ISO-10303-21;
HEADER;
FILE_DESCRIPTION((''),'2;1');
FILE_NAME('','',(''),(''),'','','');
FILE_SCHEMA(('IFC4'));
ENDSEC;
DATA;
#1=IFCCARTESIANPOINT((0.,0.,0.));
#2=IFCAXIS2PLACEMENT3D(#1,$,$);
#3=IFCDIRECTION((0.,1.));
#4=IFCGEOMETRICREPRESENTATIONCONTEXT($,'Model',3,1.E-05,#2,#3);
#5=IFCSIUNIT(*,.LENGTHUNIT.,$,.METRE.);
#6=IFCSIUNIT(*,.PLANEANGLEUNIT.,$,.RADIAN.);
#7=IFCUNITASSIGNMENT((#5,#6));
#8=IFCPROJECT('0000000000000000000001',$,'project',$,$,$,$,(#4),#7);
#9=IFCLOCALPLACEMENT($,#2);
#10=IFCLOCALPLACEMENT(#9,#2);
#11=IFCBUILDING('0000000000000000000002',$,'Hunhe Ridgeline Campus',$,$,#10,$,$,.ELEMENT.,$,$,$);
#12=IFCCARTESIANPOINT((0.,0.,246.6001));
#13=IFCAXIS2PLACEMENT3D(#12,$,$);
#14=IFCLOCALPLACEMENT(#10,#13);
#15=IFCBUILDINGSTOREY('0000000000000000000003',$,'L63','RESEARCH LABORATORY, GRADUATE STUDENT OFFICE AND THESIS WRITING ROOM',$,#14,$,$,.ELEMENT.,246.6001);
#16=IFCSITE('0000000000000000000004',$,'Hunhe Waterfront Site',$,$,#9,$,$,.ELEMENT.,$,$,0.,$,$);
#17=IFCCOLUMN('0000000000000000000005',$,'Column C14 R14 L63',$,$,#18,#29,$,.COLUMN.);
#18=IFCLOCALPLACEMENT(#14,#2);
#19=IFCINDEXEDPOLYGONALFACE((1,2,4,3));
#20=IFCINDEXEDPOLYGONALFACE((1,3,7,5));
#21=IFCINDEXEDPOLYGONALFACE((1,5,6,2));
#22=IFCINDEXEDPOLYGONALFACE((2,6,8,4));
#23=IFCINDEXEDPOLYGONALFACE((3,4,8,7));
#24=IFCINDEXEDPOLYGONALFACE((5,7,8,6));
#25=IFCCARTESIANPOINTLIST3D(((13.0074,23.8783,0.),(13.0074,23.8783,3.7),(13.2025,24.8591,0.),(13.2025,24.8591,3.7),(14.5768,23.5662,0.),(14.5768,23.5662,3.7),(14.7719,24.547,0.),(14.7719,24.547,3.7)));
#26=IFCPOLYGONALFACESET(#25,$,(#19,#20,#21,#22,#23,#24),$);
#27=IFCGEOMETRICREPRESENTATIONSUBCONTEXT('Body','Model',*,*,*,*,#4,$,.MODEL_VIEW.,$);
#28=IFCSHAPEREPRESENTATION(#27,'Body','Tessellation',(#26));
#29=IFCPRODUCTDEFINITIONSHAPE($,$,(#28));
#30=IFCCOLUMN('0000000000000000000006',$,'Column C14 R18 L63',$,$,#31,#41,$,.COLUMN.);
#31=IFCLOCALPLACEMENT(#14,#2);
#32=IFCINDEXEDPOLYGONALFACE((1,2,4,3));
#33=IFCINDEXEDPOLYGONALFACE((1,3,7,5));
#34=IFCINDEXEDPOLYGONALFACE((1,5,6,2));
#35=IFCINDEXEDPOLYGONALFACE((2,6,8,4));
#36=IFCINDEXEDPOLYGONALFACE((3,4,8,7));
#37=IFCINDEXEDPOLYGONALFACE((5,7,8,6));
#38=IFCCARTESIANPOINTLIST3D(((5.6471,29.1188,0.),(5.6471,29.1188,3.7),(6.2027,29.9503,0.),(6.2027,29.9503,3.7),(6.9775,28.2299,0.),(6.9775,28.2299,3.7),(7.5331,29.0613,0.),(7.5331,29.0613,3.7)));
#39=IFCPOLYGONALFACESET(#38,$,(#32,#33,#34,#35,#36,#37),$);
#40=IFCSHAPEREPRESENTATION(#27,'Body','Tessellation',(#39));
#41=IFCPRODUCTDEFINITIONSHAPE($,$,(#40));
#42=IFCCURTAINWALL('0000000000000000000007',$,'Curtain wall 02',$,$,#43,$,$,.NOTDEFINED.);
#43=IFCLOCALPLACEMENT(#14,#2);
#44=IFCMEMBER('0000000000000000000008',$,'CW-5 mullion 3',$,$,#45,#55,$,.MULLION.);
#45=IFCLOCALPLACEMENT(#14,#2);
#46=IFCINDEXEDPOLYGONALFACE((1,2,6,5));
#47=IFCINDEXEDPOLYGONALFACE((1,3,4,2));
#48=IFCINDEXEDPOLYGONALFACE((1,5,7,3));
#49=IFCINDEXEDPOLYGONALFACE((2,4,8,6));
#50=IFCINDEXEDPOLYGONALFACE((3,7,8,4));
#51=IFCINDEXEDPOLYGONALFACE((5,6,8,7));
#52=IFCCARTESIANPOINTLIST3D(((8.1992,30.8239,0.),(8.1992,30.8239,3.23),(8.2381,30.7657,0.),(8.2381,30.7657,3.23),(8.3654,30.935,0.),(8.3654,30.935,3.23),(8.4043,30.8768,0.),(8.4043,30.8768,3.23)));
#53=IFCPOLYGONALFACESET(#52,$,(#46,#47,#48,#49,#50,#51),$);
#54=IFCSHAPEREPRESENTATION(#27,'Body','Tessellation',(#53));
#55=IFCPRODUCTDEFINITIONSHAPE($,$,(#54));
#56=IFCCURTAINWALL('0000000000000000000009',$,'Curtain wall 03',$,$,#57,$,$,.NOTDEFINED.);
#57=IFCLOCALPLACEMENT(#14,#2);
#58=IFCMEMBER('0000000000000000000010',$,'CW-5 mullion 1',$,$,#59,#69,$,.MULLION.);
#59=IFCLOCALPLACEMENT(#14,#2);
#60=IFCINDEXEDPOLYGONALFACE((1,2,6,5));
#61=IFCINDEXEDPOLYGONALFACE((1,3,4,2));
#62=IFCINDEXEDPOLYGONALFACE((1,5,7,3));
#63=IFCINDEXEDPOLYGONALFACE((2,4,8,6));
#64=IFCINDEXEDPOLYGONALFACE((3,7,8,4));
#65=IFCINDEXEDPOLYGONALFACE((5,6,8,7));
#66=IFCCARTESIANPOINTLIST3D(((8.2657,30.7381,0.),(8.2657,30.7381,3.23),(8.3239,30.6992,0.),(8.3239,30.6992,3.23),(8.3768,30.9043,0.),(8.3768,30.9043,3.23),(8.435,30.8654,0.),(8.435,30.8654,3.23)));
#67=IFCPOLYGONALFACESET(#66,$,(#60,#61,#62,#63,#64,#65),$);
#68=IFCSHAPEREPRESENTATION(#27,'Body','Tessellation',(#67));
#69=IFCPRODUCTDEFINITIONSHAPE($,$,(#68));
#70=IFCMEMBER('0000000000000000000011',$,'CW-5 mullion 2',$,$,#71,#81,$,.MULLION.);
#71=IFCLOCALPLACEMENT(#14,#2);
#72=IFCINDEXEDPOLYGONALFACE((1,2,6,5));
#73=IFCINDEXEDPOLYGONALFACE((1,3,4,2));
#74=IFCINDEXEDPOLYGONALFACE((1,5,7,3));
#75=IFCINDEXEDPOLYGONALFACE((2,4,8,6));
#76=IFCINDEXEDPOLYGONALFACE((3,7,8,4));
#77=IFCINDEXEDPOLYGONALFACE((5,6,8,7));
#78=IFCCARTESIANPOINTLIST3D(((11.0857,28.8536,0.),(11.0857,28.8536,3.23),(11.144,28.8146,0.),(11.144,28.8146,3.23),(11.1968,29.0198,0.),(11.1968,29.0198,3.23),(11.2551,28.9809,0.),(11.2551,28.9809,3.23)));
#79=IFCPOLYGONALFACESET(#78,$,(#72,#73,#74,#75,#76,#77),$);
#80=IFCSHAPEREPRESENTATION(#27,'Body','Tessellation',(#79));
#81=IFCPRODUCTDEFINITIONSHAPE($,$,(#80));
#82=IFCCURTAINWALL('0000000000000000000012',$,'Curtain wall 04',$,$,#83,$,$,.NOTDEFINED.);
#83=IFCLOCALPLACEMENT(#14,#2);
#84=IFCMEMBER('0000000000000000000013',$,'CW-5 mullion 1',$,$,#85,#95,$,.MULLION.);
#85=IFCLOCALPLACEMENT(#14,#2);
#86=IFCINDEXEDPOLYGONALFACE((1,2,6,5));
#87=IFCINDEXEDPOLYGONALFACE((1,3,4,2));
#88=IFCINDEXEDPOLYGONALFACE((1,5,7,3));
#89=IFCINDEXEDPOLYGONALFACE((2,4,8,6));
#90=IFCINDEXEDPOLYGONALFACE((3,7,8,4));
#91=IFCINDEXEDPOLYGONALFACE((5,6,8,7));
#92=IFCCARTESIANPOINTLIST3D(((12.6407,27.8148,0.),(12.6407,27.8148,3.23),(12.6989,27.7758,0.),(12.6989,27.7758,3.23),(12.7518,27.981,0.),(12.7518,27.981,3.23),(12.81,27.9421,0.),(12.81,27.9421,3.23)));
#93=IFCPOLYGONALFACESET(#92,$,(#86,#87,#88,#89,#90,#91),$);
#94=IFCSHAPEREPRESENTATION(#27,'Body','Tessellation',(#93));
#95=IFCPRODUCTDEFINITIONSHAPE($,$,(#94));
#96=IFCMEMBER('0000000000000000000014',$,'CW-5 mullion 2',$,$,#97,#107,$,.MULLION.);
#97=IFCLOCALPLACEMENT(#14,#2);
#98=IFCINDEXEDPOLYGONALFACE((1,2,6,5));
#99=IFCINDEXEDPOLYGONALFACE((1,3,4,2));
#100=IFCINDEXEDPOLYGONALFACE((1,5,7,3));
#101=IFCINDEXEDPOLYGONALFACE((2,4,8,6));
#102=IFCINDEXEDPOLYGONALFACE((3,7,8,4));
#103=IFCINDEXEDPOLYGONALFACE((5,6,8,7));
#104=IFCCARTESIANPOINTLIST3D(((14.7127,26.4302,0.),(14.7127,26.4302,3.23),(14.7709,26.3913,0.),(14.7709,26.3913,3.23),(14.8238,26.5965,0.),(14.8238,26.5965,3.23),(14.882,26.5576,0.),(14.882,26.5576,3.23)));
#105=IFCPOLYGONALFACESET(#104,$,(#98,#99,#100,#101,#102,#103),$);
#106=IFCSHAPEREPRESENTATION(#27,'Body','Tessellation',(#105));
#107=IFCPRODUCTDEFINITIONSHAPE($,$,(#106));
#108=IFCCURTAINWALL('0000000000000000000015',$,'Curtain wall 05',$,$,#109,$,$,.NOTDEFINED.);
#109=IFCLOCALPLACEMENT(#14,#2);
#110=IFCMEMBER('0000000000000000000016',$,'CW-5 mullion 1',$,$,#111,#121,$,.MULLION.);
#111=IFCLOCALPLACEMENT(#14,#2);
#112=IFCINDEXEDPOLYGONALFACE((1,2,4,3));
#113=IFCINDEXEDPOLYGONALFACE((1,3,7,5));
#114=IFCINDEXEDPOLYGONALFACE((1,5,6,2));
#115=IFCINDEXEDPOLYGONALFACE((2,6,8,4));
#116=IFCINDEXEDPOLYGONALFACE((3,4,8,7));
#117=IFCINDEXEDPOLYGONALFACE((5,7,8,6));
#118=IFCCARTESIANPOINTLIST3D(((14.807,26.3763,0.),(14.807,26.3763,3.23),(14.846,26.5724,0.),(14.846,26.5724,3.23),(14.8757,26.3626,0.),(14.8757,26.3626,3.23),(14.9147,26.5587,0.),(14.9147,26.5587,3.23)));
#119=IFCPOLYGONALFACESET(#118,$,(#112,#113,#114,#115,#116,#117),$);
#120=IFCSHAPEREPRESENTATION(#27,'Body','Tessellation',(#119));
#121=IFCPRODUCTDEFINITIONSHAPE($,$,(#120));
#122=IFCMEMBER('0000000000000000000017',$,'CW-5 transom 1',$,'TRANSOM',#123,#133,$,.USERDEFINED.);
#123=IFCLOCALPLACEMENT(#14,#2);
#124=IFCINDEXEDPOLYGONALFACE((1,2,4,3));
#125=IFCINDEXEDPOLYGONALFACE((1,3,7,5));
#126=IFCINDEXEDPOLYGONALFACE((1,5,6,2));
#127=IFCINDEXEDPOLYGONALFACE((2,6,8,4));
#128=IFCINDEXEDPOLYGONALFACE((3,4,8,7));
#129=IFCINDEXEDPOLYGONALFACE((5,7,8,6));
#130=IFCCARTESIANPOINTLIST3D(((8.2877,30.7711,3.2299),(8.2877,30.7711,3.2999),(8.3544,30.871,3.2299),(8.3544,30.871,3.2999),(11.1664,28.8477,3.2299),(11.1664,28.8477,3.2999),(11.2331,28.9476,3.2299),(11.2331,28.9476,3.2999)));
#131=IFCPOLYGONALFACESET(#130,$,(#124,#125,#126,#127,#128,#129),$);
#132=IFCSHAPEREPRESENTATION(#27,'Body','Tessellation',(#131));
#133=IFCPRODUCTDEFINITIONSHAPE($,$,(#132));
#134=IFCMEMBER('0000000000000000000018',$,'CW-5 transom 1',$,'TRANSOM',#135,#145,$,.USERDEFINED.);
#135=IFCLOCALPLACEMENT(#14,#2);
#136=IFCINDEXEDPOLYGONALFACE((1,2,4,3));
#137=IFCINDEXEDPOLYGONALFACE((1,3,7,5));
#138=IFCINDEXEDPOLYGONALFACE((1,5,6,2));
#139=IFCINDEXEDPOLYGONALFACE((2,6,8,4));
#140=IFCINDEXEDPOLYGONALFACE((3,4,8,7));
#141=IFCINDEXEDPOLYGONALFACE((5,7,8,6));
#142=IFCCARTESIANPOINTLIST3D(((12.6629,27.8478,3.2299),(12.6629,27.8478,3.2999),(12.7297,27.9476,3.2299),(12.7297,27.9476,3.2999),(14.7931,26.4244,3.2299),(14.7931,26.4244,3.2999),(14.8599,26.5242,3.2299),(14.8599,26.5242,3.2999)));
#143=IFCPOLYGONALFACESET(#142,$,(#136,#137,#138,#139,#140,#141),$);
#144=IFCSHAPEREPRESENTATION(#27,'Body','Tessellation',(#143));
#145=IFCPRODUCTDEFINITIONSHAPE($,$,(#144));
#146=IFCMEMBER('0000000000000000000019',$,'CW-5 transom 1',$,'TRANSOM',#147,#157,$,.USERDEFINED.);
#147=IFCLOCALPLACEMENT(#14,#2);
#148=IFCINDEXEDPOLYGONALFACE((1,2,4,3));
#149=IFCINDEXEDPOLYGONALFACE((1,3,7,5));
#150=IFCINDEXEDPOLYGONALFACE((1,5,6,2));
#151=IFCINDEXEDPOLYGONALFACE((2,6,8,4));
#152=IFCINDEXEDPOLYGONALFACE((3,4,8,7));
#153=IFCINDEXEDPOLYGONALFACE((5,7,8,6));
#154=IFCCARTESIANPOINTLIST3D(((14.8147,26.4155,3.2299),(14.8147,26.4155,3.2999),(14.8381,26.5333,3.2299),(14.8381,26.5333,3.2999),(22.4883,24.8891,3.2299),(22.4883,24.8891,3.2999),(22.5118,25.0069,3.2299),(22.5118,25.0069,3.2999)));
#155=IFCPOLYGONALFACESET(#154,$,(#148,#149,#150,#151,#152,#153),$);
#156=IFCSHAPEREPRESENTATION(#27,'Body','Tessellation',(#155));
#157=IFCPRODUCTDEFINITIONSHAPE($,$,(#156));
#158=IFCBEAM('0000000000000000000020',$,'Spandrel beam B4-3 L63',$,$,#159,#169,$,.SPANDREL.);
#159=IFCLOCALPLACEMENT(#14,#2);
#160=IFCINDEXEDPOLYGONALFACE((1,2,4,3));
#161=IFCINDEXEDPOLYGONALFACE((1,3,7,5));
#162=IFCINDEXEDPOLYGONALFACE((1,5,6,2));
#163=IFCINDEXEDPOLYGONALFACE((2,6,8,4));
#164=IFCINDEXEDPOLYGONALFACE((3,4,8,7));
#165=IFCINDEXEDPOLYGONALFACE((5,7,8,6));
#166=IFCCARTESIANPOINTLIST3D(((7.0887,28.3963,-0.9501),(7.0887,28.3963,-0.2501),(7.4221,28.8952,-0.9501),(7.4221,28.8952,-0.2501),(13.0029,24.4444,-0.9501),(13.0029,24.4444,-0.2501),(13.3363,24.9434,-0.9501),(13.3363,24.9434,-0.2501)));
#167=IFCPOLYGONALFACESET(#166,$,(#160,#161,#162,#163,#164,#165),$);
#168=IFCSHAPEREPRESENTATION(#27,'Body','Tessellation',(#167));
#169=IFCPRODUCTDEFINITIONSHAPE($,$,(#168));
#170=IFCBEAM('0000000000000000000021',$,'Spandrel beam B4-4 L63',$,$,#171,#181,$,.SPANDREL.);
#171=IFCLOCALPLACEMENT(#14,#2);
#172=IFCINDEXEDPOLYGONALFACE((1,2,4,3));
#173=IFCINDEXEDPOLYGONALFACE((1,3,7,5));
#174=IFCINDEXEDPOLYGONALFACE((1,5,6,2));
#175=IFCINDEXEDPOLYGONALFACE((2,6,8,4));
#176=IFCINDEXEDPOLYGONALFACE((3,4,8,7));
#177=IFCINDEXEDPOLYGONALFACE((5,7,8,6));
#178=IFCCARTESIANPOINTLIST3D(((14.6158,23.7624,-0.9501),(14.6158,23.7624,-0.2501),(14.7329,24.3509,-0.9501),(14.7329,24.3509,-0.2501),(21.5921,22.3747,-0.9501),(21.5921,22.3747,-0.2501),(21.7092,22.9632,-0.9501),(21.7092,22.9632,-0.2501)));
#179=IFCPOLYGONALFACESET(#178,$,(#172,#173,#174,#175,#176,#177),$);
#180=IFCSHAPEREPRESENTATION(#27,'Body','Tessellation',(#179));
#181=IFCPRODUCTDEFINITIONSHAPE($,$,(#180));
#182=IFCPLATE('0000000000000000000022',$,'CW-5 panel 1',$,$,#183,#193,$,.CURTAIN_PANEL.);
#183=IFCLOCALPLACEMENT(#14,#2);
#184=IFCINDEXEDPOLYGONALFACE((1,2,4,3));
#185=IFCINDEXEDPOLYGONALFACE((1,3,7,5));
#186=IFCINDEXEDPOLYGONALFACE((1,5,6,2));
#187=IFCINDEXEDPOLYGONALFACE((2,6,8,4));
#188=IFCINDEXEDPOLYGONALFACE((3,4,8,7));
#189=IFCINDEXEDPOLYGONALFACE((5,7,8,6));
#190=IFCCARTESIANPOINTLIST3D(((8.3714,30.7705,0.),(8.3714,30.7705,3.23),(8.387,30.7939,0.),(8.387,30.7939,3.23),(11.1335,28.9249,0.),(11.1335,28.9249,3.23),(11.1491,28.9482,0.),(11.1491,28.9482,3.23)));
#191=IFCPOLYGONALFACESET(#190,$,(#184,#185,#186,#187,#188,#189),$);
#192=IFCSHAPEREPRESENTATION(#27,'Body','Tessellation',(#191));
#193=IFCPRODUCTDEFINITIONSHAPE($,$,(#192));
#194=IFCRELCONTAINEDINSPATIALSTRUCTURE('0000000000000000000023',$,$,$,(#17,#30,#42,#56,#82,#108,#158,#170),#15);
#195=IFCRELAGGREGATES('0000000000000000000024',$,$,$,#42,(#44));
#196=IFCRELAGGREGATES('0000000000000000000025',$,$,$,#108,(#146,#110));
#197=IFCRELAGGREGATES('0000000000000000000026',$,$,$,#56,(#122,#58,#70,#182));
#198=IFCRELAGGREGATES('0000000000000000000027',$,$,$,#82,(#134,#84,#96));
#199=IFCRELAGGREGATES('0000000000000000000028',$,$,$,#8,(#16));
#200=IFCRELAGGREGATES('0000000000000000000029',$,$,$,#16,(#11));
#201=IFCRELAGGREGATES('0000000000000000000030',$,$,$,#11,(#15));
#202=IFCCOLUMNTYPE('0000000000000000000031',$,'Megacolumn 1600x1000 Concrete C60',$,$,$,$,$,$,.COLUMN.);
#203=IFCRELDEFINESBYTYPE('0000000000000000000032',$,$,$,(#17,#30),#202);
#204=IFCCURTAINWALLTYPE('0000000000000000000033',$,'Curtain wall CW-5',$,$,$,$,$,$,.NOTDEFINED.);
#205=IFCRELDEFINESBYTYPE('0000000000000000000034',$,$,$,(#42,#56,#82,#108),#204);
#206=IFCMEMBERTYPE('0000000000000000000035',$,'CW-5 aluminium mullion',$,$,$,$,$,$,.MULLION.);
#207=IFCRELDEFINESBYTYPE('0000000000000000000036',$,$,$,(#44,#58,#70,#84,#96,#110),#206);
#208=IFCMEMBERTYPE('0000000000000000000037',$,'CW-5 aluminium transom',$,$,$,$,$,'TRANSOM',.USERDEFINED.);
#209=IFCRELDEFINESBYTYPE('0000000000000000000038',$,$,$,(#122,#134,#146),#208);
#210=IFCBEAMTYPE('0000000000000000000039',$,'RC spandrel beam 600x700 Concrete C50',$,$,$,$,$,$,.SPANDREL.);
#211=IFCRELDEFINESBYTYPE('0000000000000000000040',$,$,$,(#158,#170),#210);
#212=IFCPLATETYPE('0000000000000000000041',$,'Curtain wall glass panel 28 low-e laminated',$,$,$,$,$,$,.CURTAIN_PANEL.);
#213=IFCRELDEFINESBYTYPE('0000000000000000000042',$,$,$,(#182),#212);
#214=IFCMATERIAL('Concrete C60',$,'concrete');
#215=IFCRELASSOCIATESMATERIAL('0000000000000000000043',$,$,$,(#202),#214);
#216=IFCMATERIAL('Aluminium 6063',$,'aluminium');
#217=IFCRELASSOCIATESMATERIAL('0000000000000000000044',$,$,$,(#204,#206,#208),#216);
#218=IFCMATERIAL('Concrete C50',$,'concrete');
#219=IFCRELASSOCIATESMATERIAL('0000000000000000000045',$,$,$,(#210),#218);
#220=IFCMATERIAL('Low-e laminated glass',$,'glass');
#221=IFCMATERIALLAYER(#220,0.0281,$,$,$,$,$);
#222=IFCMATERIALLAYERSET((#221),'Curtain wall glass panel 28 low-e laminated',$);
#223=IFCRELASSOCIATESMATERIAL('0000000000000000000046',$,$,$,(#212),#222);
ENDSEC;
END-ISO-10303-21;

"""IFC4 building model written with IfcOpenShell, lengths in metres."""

from ifc_helpers import new_model, si_unit, direction, frame, origin, origin_2d, place, context, subcontext, project, spatial, rectangle, extrude, material, layer, layer_set, material_profile, profile_set, type_object, element, aggregate, save


model = new_model("IFC4")

# Units and contexts
model_context = context("Model", 3, precision=1e-05, world=origin(), true_north=direction((0.0, 1.0)))
body_context = subcontext(model_context, "Body", "Model", "MODEL_VIEW")
ifc_project = project(units=[si_unit("LENGTHUNIT", "METRE"), si_unit("PLANEANGLEUNIT", "RADIAN")], contexts=[model_context])

# Site, building, storey
site_placement = place(None, origin())
site = spatial("IfcSite", under=ifc_project, at=site_placement, Name="Hunhe Waterfront Site", CompositionType="ELEMENT", RefElevation=0.0)
building_placement = place(site_placement, origin())
building = spatial("IfcBuilding", under=site, at=building_placement, Name="Hunhe Ridgeline Campus", CompositionType="ELEMENT")
storey_placement = place(building_placement, frame((0.0, 0.0, 246.6001)))
storey = spatial("IfcBuildingStorey", under=building, at=storey_placement, Name="L63", Description="RESEARCH LABORATORY, GRADUATE STUDENT OFFICE AND THESIS WRITING ROOM", CompositionType="ELEMENT", Elevation=246.6001)

# Columns
ifc_material_1 = material(Name="Concrete C60", Category="concrete")
ifc_material_profile_1 = material_profile(ifc_material_1, rectangle(XDim=1.6001, YDim=1.0, at=origin_2d()))
ifc_profile_set_1 = profile_set([ifc_material_profile_1], Name="Concrete C60")
column_type = type_object("IfcColumnType", Name="Megacolumn 1600x1000 Concrete C60", PredefinedType="COLUMN", material=ifc_profile_set_1)
for number, where, z_axis, x_axis, name in (
    (1, (13.8896, 24.2126, 0.0), (0.0, 0.0, 1.0), (-0.980785, 0.19509, 0.0), "Column C14 R14 L63"),
    (2, (6.5901, 29.0901, 0.0), (0.0, 0.0, 1.0), (-0.83147, 0.55557, 0.0), "Column C14 R18 L63"),
):
    element("IfcColumn", number, at=place(storey_placement, frame(where, z_axis=z_axis, x_axis=x_axis)), inside=storey, type_object=column_type, Name=name, PredefinedType="COLUMN", context=body_context, shape_type="SweptSolid", body=[
        extrude(rectangle(XDim=1.6001, YDim=1.0, at=origin_2d()), origin(), (0.0, 0.0, 1.0), 3.7),
    ])

# Curtain wall, member
ifc_material_2 = material(Name="Aluminium 6063", Category="aluminium")
curtain_wall_type = type_object("IfcCurtainWallType", Name="Curtain wall CW-5", PredefinedType="NOTDEFINED", material=ifc_material_2)
curtain_wall_1_placement = place(storey_placement, origin())
curtain_wall_1 = element("IfcCurtainWall", 3, at=curtain_wall_1_placement, inside=storey, type_object=curtain_wall_type, Name="Curtain wall 02", PredefinedType="NOTDEFINED")
ifc_material_profile_2 = material_profile(ifc_material_2, rectangle(XDim=0.2, YDim=0.0701, at=origin_2d()))
ifc_profile_set_2 = profile_set([ifc_material_profile_2], Name="Aluminium 6063")
member_type_1 = type_object("IfcMemberType", Name="CW-5 aluminium mullion", PredefinedType="MULLION", material=ifc_profile_set_2)
member_1_placement = place(storey_placement, frame((8.3018, 30.8503, 0.0), z_axis=(0.0, 0.0, 1.0), x_axis=(0.83147, 0.55557, 0.0)))
member_1 = element("IfcMember", 4, at=member_1_placement, type_object=member_type_1, Name="CW-5 mullion 3", PredefinedType="MULLION", context=body_context, shape_type="SweptSolid", body=[
    extrude(rectangle(XDim=0.2, YDim=0.0701, at=origin_2d()), origin(), (0.0, 0.0, 1.0), 3.23),
])
aggregate(curtain_wall_1, [member_1])

# Curtain walls, members
curtain_wall_2_placement = place(storey_placement, origin())
curtain_wall_2 = element("IfcCurtainWall", 5, at=curtain_wall_2_placement, inside=storey, type_object=curtain_wall_type, Name="Curtain wall 03", PredefinedType="NOTDEFINED")
member_2_placement = place(storey_placement, frame((8.3503, 30.8018, 0.0), z_axis=(0.0, 0.0, 1.0), x_axis=(0.55557, 0.83147, 0.0)))
member_2 = element("IfcMember", 6, at=member_2_placement, type_object=member_type_1, Name="CW-5 mullion 1", PredefinedType="MULLION", context=body_context, shape_type="SweptSolid", body=[
    extrude(rectangle(XDim=0.2, YDim=0.0701, at=origin_2d()), origin(), (0.0, 0.0, 1.0), 3.23),
])
member_3_placement = place(storey_placement, frame((11.1704, 28.9172, 0.0), z_axis=(0.0, 0.0, 1.0), x_axis=(0.55557, 0.83147, 0.0)))
member_3 = element("IfcMember", 7, at=member_3_placement, type_object=member_type_1, Name="CW-5 mullion 2", PredefinedType="MULLION", context=body_context, shape_type="SweptSolid", body=[
    extrude(rectangle(XDim=0.2, YDim=0.0701, at=origin_2d()), origin(), (0.0, 0.0, 1.0), 3.23),
])
curtain_wall_3_placement = place(storey_placement, origin())
curtain_wall_3 = element("IfcCurtainWall", 8, at=curtain_wall_3_placement, inside=storey, type_object=curtain_wall_type, Name="Curtain wall 04", PredefinedType="NOTDEFINED")
member_4_placement = place(storey_placement, frame((12.7253, 27.8784, 0.0), z_axis=(0.0, 0.0, 1.0), x_axis=(0.55557, 0.83147, 0.0)))
member_4 = element("IfcMember", 9, at=member_4_placement, type_object=member_type_1, Name="CW-5 mullion 1", PredefinedType="MULLION", context=body_context, shape_type="SweptSolid", body=[
    extrude(rectangle(XDim=0.2, YDim=0.0701, at=origin_2d()), origin(), (0.0, 0.0, 1.0), 3.23),
])
member_5_placement = place(storey_placement, frame((14.7974, 26.4939, 0.0), z_axis=(0.0, 0.0, 1.0), x_axis=(0.55557, 0.83147, 0.0)))
member_5 = element("IfcMember", 10, at=member_5_placement, type_object=member_type_1, Name="CW-5 mullion 2", PredefinedType="MULLION", context=body_context, shape_type="SweptSolid", body=[
    extrude(rectangle(XDim=0.2, YDim=0.0701, at=origin_2d()), origin(), (0.0, 0.0, 1.0), 3.23),
])

# Curtain wall, member
curtain_wall_4_placement = place(storey_placement, origin())
curtain_wall_4 = element("IfcCurtainWall", 11, at=curtain_wall_4_placement, inside=storey, type_object=curtain_wall_type, Name="Curtain wall 05", PredefinedType="NOTDEFINED")
member_6_placement = place(storey_placement, frame((14.8608, 26.4675, 0.0), z_axis=(0.0, 0.0, 1.0), x_axis=(0.19509, 0.980785, 0.0)))
member_6 = element("IfcMember", 12, at=member_6_placement, type_object=member_type_1, Name="CW-5 mullion 1", PredefinedType="MULLION", context=body_context, shape_type="SweptSolid", body=[
    extrude(rectangle(XDim=0.2, YDim=0.0701, at=origin_2d()), origin(), (0.0, 0.0, 1.0), 3.23),
])

# Members
ifc_material_profile_3 = material_profile(ifc_material_2, rectangle(XDim=0.1201, YDim=0.0701, at=origin_2d()))
ifc_profile_set_3 = profile_set([ifc_material_profile_3], Name="Aluminium 6063")
member_type_2 = type_object("IfcMemberType", Name="CW-5 aluminium transom", ElementType="TRANSOM", PredefinedType="USERDEFINED", material=ifc_profile_set_3)
member_7_placement = place(storey_placement, frame((8.321, 30.821, 3.2649), z_axis=(0.831486, -0.555546, 0.0), x_axis=(0.555546, 0.831486, 0.0)))
member_7 = element("IfcMember", 13, at=member_7_placement, type_object=member_type_2, Name="CW-5 transom 1", ObjectType="TRANSOM", PredefinedType="USERDEFINED", context=body_context, shape_type="SweptSolid", body=[
    extrude(rectangle(XDim=0.1201, YDim=0.0701, at=origin_2d()), origin(), (0.0, 0.0, 1.0), 3.4622),
])
member_8_placement = place(storey_placement, frame((12.6963, 27.8977, 3.2649), z_axis=(0.831463, -0.55558, 0.0), x_axis=(0.55558, 0.831463, 0.0)))
member_8 = element("IfcMember", 14, at=member_8_placement, type_object=member_type_2, Name="CW-5 transom 1", ObjectType="TRANSOM", PredefinedType="USERDEFINED", context=body_context, shape_type="SweptSolid", body=[
    extrude(rectangle(XDim=0.1201, YDim=0.0701, at=origin_2d()), origin(), (0.0, 0.0, 1.0), 2.562),
])
member_9_placement = place(storey_placement, frame((14.8264, 26.4744, 3.2649), z_axis=(0.980785, -0.19509, 0.0), x_axis=(0.19509, 0.980785, 0.0)))
member_9 = element("IfcMember", 15, at=member_9_placement, type_object=member_type_2, Name="CW-5 transom 1", ObjectType="TRANSOM", PredefinedType="USERDEFINED", context=body_context, shape_type="SweptSolid", body=[
    extrude(rectangle(XDim=0.1201, YDim=0.0701, at=origin_2d()), origin(), (0.0, 0.0, 1.0), 7.824),
])
aggregate(curtain_wall_4, [member_9, member_6])

# Beams
ifc_material_3 = material(Name="Concrete C50", Category="concrete")
ifc_material_profile_4 = material_profile(ifc_material_3, rectangle(XDim=0.6001, YDim=0.7, at=origin_2d()))
ifc_profile_set_4 = profile_set([ifc_material_profile_4], Name="Concrete C50")
beam_type = type_object("IfcBeamType", Name="RC spandrel beam 600x700 Concrete C50", PredefinedType="SPANDREL", material=ifc_profile_set_4)
for number, where, z_axis, x_axis, name in (
    (16, (7.2554, 28.6458, -0.6001), (0.831464, -0.555579, 0.0), (0.555579, 0.831464, 0.0), "Spandrel beam B4-3 L63"),
    (17, (14.6743, 24.0566, -0.6001), (0.980785, -0.195093, 0.0), (0.195093, 0.980785, 0.0), "Spandrel beam B4-4 L63"),
):
    element("IfcBeam", number, at=place(storey_placement, frame(where, z_axis=z_axis, x_axis=x_axis)), inside=storey, type_object=beam_type, Name=name, PredefinedType="SPANDREL", context=body_context, shape_type="SweptSolid", body=[
        extrude(rectangle(XDim=0.6001, YDim=0.7, at=origin_2d()), origin(), (0.0, 0.0, 1.0), 7.113),
    ])

# Plate
ifc_material_4 = material(Name="Low-e laminated glass", Category="glass")
ifc_layer_1 = layer(ifc_material_4, 0.0281)
ifc_layer_set_1 = layer_set([ifc_layer_1], Name="Curtain wall glass panel 28 low-e laminated")
plate_type = type_object("IfcPlateType", Name="Curtain wall glass panel 28 low-e laminated", PredefinedType="CURTAIN_PANEL", material=ifc_layer_set_1)
plate_1_placement = place(storey_placement, frame((9.7603, 29.8594, 0.0), z_axis=(0.0, 0.0, 1.0), x_axis=(0.83147, -0.55557, 0.0)))
plate_1 = element("IfcPlate", 18, at=plate_1_placement, type_object=plate_type, Name="CW-5 panel 1", PredefinedType="CURTAIN_PANEL", context=body_context, shape_type="SweptSolid", body=[
    extrude(rectangle(XDim=3.322, YDim=0.0281, at=origin_2d()), origin(), (0.0, 0.0, 1.0), 3.23),
])
aggregate(curtain_wall_2, [member_7, member_2, member_3, plate_1])
aggregate(curtain_wall_3, [member_8, member_4, member_5])

save(model, "model.ifc")
